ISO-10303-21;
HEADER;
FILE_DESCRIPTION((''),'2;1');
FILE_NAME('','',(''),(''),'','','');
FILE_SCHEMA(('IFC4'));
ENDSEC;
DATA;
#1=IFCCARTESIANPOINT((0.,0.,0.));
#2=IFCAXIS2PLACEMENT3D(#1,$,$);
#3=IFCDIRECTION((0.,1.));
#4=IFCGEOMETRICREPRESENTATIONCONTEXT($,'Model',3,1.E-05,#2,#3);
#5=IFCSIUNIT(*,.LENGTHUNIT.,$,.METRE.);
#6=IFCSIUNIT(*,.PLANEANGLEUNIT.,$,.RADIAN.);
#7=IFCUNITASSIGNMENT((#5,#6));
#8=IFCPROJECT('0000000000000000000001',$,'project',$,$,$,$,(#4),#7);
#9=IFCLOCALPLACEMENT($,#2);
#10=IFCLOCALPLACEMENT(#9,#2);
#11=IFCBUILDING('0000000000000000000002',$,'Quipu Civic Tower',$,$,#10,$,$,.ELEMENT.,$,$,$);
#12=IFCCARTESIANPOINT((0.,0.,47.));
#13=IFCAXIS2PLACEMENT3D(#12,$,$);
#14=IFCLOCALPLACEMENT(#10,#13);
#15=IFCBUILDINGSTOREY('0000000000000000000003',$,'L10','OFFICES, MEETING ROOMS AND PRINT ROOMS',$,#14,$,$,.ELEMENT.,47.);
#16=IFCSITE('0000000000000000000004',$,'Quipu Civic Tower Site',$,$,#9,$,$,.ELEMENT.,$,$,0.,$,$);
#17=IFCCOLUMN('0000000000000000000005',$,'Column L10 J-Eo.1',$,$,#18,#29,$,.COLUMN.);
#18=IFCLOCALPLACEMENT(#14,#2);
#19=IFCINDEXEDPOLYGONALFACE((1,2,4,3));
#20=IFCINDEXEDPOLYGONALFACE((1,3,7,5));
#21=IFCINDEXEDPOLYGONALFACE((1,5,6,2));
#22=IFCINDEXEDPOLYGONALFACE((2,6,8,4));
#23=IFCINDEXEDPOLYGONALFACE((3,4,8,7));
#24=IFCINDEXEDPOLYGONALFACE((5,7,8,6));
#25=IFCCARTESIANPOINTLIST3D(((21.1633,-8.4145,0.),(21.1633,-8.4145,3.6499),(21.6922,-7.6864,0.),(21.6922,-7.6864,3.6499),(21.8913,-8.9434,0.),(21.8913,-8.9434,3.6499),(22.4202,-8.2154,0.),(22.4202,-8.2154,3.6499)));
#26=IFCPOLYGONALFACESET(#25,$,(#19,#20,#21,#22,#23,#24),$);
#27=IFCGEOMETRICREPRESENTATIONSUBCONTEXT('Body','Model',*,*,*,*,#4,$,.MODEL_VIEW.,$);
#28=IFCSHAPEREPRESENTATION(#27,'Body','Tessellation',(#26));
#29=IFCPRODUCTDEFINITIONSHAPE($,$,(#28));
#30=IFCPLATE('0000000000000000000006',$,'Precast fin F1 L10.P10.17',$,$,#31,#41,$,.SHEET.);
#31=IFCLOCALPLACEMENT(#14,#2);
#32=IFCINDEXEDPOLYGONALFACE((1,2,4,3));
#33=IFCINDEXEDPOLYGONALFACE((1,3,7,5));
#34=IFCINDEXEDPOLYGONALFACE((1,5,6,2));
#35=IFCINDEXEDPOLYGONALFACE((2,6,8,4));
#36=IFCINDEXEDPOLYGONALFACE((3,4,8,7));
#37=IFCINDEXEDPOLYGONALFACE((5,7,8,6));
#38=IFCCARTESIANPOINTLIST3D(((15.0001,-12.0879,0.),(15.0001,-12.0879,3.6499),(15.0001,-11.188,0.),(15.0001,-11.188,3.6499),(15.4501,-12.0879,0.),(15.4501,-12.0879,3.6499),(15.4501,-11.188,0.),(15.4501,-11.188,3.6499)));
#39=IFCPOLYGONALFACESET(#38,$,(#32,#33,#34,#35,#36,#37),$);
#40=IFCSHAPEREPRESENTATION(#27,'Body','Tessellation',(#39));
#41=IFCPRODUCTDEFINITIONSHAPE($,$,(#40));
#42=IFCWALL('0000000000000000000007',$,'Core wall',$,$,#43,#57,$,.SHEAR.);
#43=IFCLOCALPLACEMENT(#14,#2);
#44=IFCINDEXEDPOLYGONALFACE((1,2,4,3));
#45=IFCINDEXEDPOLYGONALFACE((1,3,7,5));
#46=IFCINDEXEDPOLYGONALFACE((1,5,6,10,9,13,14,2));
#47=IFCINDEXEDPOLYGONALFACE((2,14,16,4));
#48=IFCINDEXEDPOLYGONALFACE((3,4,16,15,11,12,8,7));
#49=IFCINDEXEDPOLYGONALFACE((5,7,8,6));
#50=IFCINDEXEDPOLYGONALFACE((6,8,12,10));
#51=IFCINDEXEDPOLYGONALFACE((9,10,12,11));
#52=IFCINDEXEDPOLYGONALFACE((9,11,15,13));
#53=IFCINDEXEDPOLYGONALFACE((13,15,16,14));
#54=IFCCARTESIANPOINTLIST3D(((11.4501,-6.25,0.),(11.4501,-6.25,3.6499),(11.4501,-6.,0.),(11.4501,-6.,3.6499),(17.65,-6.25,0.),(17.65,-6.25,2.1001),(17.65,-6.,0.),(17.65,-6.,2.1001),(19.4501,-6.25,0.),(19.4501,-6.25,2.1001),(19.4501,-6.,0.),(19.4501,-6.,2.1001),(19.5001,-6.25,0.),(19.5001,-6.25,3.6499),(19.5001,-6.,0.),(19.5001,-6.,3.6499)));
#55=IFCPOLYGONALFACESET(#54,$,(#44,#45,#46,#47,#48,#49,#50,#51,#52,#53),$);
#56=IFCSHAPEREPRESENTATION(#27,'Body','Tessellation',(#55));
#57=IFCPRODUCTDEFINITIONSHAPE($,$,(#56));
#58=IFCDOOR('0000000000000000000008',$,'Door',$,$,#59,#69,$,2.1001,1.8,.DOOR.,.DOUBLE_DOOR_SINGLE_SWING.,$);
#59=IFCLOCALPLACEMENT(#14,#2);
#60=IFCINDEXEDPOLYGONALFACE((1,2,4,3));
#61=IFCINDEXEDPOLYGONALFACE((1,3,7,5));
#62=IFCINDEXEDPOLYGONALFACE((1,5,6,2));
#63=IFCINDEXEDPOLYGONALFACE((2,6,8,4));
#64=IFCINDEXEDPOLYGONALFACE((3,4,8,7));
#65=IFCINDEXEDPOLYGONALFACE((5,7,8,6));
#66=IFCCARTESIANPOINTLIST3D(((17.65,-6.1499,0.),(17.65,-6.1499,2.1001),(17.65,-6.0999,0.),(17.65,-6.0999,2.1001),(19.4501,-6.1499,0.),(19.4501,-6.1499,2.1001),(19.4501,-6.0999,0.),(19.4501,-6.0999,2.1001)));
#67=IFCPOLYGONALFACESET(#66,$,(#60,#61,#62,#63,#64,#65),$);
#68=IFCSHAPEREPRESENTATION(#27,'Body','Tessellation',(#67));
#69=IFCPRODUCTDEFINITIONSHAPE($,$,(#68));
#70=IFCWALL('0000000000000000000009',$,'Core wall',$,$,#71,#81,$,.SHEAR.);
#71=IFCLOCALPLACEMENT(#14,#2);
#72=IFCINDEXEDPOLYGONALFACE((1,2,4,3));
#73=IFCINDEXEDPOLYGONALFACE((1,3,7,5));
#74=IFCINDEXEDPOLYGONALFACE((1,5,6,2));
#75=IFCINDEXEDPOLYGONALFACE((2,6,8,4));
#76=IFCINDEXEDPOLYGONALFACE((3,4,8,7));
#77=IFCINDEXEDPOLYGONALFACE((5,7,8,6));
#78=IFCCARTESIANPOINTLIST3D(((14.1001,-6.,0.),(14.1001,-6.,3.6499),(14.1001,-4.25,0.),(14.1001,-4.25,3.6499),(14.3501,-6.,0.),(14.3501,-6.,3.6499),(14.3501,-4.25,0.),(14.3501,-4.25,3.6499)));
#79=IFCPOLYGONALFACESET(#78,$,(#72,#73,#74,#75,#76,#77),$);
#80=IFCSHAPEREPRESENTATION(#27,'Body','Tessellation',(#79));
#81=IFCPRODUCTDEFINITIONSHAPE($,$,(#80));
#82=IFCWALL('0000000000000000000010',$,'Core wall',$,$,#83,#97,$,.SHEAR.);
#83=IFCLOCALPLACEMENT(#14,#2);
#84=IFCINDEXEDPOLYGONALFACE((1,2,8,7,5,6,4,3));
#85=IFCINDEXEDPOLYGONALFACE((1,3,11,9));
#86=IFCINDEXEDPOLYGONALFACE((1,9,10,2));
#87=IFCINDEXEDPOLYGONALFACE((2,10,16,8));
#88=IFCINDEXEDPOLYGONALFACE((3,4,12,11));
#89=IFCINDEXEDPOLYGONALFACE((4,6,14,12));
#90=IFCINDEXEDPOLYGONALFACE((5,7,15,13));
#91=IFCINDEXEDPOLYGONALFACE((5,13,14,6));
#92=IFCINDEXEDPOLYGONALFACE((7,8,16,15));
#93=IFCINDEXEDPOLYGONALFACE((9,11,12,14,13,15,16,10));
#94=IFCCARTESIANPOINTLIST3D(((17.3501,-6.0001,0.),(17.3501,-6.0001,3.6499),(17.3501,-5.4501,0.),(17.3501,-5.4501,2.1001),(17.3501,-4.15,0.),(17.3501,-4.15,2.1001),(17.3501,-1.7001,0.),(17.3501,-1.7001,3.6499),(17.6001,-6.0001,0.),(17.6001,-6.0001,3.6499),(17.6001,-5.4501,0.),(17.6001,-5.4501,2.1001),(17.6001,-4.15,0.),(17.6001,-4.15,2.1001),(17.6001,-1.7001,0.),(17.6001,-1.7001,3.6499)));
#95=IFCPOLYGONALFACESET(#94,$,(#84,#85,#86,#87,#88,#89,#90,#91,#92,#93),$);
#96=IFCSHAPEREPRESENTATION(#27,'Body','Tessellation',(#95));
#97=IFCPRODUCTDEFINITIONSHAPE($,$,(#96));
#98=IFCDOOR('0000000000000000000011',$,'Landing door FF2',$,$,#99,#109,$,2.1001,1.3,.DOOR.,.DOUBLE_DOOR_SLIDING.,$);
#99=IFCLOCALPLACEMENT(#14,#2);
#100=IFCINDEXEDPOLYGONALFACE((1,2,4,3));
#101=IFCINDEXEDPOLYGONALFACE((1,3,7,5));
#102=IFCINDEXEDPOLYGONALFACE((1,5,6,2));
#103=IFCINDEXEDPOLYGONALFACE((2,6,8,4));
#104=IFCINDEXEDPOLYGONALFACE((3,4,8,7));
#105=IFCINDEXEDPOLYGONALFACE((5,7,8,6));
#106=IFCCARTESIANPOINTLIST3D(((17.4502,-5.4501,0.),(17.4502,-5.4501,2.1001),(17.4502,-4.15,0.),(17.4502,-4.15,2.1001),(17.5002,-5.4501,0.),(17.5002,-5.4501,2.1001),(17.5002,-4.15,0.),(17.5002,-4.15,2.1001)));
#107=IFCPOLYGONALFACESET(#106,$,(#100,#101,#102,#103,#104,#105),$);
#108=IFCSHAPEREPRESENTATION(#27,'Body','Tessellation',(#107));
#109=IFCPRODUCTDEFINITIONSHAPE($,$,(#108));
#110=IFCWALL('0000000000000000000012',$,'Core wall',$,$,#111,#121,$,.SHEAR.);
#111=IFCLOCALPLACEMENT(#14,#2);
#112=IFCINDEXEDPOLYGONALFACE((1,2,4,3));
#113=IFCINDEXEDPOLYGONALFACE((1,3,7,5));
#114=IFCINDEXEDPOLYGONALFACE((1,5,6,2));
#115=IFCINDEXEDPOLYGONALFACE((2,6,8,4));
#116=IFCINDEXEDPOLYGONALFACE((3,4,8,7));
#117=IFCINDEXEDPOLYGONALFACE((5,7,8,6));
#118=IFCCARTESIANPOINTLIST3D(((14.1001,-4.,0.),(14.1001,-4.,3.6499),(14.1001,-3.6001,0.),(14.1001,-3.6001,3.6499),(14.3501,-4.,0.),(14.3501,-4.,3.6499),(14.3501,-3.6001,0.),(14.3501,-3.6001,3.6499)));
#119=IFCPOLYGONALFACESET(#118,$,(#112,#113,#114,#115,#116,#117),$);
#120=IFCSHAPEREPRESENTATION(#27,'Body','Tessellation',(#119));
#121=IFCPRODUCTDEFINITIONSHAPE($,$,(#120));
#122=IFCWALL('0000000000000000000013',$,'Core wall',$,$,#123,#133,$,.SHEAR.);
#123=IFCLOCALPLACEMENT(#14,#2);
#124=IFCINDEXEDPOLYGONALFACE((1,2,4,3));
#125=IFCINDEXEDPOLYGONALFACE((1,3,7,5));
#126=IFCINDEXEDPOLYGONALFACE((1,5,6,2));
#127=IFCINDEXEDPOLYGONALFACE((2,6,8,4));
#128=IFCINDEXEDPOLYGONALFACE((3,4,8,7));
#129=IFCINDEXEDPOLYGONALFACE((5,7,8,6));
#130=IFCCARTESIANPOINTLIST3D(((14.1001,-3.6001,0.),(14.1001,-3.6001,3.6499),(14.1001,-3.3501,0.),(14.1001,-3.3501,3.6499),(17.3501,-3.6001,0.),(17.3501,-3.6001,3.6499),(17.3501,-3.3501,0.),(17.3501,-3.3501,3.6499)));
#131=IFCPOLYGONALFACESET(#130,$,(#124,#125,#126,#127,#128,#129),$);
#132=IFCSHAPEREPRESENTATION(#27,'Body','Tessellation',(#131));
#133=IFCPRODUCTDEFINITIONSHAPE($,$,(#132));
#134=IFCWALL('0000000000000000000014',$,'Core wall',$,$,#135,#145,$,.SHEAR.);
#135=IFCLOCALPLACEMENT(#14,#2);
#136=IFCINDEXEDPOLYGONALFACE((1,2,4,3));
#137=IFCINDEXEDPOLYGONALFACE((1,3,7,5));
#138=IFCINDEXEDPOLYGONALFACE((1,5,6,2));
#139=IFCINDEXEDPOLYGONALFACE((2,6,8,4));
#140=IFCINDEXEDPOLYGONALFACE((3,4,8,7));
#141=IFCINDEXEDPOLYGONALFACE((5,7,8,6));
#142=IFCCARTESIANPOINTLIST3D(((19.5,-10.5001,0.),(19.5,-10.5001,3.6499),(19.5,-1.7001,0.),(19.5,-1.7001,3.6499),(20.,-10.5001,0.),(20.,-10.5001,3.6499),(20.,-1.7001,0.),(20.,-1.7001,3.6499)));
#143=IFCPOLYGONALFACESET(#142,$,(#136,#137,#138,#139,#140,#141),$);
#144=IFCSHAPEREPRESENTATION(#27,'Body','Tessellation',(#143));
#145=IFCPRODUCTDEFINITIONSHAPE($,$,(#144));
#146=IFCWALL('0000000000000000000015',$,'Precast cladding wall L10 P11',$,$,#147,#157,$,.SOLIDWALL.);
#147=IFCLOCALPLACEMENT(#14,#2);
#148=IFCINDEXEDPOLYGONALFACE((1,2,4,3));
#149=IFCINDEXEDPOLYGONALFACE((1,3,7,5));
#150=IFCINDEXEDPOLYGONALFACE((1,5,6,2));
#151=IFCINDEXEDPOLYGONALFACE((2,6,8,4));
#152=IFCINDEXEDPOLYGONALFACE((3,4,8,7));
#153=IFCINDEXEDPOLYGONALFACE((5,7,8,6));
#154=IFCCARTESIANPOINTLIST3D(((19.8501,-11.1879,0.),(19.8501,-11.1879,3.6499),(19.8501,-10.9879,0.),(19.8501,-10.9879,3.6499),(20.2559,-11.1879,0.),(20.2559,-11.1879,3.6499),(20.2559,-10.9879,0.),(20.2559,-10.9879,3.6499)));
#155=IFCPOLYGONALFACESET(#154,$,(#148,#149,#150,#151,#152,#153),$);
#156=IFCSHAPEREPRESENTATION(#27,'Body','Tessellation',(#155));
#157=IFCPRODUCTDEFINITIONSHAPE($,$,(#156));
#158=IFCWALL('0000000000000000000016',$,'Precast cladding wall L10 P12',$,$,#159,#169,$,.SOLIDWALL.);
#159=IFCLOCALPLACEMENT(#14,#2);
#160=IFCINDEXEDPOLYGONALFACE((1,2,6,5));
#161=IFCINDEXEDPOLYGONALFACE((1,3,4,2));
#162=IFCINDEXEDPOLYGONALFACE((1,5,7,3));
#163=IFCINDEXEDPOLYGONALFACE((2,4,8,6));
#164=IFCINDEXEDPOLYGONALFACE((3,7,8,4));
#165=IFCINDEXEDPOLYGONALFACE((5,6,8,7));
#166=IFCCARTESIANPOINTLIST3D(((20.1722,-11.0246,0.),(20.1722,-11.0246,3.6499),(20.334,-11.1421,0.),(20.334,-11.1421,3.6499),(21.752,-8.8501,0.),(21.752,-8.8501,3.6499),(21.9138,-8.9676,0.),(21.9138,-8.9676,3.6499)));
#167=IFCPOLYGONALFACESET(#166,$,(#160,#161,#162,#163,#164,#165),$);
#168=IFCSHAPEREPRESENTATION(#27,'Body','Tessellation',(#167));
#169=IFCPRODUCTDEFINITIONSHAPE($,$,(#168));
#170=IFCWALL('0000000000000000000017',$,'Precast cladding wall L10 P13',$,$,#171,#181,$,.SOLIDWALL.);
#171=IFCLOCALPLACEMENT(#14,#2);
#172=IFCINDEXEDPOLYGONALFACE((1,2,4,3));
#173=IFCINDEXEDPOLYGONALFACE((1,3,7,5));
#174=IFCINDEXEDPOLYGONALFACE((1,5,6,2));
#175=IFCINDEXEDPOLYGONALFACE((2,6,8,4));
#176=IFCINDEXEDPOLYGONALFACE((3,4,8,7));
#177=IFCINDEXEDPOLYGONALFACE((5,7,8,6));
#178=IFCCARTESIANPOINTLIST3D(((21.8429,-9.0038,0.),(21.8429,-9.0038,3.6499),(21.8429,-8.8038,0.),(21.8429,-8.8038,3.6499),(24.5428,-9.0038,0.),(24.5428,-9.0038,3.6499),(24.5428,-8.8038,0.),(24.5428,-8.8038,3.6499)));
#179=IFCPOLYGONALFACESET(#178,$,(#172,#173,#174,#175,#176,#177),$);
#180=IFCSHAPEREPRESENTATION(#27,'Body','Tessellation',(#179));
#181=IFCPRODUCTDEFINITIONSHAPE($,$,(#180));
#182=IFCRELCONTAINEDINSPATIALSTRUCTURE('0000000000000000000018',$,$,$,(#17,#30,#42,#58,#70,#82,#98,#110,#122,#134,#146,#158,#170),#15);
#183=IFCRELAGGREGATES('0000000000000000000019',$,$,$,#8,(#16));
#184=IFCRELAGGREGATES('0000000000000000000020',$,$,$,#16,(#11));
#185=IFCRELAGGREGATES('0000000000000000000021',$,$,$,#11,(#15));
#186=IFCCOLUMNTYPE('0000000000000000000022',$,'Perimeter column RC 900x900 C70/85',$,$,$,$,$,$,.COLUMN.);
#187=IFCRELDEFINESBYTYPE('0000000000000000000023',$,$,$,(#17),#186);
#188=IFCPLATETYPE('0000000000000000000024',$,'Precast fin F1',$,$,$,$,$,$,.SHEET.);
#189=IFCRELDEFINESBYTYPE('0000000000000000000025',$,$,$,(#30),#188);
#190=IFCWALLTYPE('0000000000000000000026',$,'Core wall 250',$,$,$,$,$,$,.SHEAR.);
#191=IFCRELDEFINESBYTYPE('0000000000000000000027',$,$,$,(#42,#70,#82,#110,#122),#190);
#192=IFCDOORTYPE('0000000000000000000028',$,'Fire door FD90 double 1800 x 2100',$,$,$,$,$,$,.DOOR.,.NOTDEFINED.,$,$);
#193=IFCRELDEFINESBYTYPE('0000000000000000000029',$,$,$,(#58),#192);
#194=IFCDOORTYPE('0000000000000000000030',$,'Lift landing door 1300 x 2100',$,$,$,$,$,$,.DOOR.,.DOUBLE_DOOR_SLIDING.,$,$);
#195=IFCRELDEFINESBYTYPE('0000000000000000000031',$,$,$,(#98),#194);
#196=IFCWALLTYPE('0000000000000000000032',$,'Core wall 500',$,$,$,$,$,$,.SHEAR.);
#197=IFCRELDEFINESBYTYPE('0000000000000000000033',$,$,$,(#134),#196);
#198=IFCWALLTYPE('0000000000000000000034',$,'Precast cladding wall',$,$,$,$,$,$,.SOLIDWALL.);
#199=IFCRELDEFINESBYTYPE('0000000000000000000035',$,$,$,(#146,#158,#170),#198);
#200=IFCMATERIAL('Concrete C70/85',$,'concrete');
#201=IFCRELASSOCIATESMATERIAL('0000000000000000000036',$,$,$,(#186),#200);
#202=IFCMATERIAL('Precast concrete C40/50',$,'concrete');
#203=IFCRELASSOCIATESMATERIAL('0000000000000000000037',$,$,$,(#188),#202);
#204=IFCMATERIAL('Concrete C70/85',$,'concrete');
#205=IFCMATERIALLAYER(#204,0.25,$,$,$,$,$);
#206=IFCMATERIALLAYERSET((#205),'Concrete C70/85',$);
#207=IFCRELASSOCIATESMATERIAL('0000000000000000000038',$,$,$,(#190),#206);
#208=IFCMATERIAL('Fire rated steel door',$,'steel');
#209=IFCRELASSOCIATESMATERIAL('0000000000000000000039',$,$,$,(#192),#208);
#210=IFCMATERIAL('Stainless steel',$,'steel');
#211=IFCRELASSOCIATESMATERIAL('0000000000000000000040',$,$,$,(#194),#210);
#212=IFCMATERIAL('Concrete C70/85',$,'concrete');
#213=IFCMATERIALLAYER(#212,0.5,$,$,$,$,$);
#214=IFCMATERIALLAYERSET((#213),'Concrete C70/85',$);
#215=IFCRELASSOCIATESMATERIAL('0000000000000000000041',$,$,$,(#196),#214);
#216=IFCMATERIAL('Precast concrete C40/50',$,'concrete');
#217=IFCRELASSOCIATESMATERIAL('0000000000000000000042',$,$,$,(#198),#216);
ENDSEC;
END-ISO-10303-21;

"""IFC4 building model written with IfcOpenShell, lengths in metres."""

from ifc_helpers import new_model, si_unit, direction, frame, frame_2d, origin, origin_2d, place, context, subcontext, project, spatial, rectangle, extrude, material, layer, layer_set, material_profile, profile_set, type_object, element, fill, save


model = new_model("IFC4")

# Units and contexts
model_context = context("Model", 3, precision=1e-05, world=origin(), true_north=direction((0.0, 1.0)))
body_context = subcontext(model_context, "Body", "Model", "MODEL_VIEW")
ifc_project = project(units=[si_unit("LENGTHUNIT", "METRE"), si_unit("PLANEANGLEUNIT", "RADIAN")], contexts=[model_context])

# Site, building, storey
site_placement = place(None, origin())
site = spatial("IfcSite", under=ifc_project, at=site_placement, Name="Quipu Civic Tower Site", CompositionType="ELEMENT", RefElevation=0.0)
building_placement = place(site_placement, origin())
building = spatial("IfcBuilding", under=site, at=building_placement, Name="Quipu Civic Tower", CompositionType="ELEMENT")
storey_placement = place(building_placement, frame((0.0, 0.0, 47.0)))
storey = spatial("IfcBuildingStorey", under=building, at=storey_placement, Name="L10", Description="OFFICES, MEETING ROOMS AND PRINT ROOMS", CompositionType="ELEMENT", Elevation=47.0)

# Column
ifc_material_1 = material(Name="Concrete C70/85", Category="concrete")
ifc_material_profile = material_profile(ifc_material_1, rectangle(XDim=0.8999, YDim=0.8999, at=origin_2d()), Name="RC900x900")
ifc_profile_set = profile_set([ifc_material_profile], Name="Concrete C70/85")
column_type = type_object("IfcColumnType", Name="Perimeter column RC 900x900 C70/85", PredefinedType="COLUMN", material=ifc_profile_set)
column_placement = place(storey_placement, frame((21.7917, -8.3149, 0.0), z_axis=(0.0, 0.0, 1.0), x_axis=(0.587785, 0.809017, 0.0)))
element("IfcColumn", 1, at=column_placement, inside=storey, type_object=column_type, Name="Column L10 J-Eo.1", PredefinedType="COLUMN", context=body_context, shape_type="SweptSolid", body=[
    extrude(rectangle(XDim=0.8999, YDim=0.8999, at=origin_2d()), origin(), (0.0, 0.0, 1.0), 3.6499),
])

# Plate
ifc_material_2 = material(Name="Precast concrete C40/50", Category="concrete")
plate_type = type_object("IfcPlateType", Name="Precast fin F1", PredefinedType="SHEET", material=ifc_material_2)
plate_placement = place(storey_placement, frame((15.2251, -11.6379, 0.0), z_axis=(0.0, 0.0, 1.0), x_axis=(1.0, 0.0, 0.0)))
element("IfcPlate", 2, at=plate_placement, inside=storey, type_object=plate_type, Name="Precast fin F1 L10.P10.17", PredefinedType="SHEET", context=body_context, shape_type="SweptSolid", body=[
    extrude(rectangle(XDim=0.45, YDim=0.8999, at=origin_2d()), origin(), (0.0, 0.0, 1.0), 3.6499),
])

# Wall, opening, door
ifc_material_3 = material(Name="Concrete C70/85", Category="concrete")
ifc_layer_1 = layer(ifc_material_3, 0.25)
ifc_layer_set_1 = layer_set([ifc_layer_1], Name="Concrete C70/85")
wall_type_1 = type_object("IfcWallType", Name="Core wall 250", PredefinedType="SHEAR", material=ifc_layer_set_1)
wall_1_placement = place(storey_placement, frame((19.5, -6.125, 0.0), z_axis=(0.0, 0.0, 1.0), x_axis=(-1.0, 0.0, 0.0)))
wall_1 = element("IfcWall", 3, at=wall_1_placement, inside=storey, type_object=wall_type_1, Name="Core wall", PredefinedType="SHEAR", context=body_context, shape_type="SweptSolid", body=[
    extrude(rectangle(XDim=8.05, YDim=0.25, at=frame_2d((4.0249, 0.0))), origin(), (0.0, 0.0, 1.0), 3.6499),
])
opening_1_placement = place(wall_1_placement, frame((0.05, 0.0, 0.0)))
opening_1 = element("IfcOpeningElement", 4, at=opening_1_placement, cuts=wall_1, PredefinedType="OPENING", context=body_context, shape_type="SweptSolid", body=[
    extrude(rectangle(XDim=1.8, YDim=2.1001, at=frame_2d((0.8999, 1.05))), frame((0.0, 0.135, 0.0), z_axis=(0.0, -1.0, 0.0), x_axis=(1.0, 0.0, 0.0)), (0.0, 0.0, 1.0), 0.27),
])
ifc_material_4 = material(Name="Fire rated steel door", Category="steel")
door_type_1 = type_object("IfcDoorType", Name="Fire door FD90 double 1800 x 2100", OperationType="NOTDEFINED", PredefinedType="DOOR", material=ifc_material_4)
door_1_placement = place(opening_1_placement, origin())
door_1 = element("IfcDoor", 5, at=door_1_placement, inside=storey, type_object=door_type_1, Name="Door", OperationType="DOUBLE_DOOR_SINGLE_SWING", OverallHeight=2.1001, OverallWidth=1.8, PredefinedType="DOOR", context=body_context, shape_type="SweptSolid", body=[
    extrude(rectangle(XDim=1.8, YDim=2.1001, at=frame_2d((0.8999, 1.05))), frame((0.0, 0.0249, 0.0), z_axis=(0.0, -1.0, 0.0), x_axis=(1.0, 0.0, 0.0)), (0.0, 0.0, 1.0), 0.05),
])
fill(opening_1, door_1)

# Wall
wall_2_placement = place(storey_placement, frame((14.2251, -6.0, 0.0), z_axis=(0.0, 0.0, 1.0), x_axis=(0.0, 1.0, 0.0)))
element("IfcWall", 6, at=wall_2_placement, inside=storey, type_object=wall_type_1, Name="Core wall", PredefinedType="SHEAR", context=body_context, shape_type="SweptSolid", body=[
    extrude(rectangle(XDim=1.75, YDim=0.25, at=frame_2d((0.875, 0.0))), origin(), (0.0, 0.0, 1.0), 3.6499),
])

# Wall, opening, door
wall_3_placement = place(storey_placement, frame((17.4751, -6.0, 0.0), z_axis=(0.0, 0.0, 1.0), x_axis=(0.0, 1.0, 0.0)))
wall_3 = element("IfcWall", 7, at=wall_3_placement, inside=storey, type_object=wall_type_1, Name="Core wall", PredefinedType="SHEAR", context=body_context, shape_type="SweptSolid", body=[
    extrude(rectangle(XDim=4.3, YDim=0.25, at=frame_2d((2.1499, 0.0))), origin(), (0.0, 0.0, 1.0), 3.6499),
])
opening_2_placement = place(wall_3_placement, frame((0.55, 0.0, 0.0)))
opening_2 = element("IfcOpeningElement", 8, at=opening_2_placement, cuts=wall_3, PredefinedType="OPENING", context=body_context, shape_type="SweptSolid", body=[
    extrude(rectangle(XDim=1.3, YDim=2.1001, at=frame_2d((0.6499, 1.05))), frame((0.0, 0.135, 0.0), z_axis=(0.0, -1.0, 0.0), x_axis=(1.0, 0.0, 0.0)), (0.0, 0.0, 1.0), 0.27),
])
ifc_material_5 = material(Name="Stainless steel", Category="steel")
door_type_2 = type_object("IfcDoorType", Name="Lift landing door 1300 x 2100", OperationType="DOUBLE_DOOR_SLIDING", PredefinedType="DOOR", material=ifc_material_5)
door_2_placement = place(opening_2_placement, origin())
door_2 = element("IfcDoor", 9, at=door_2_placement, inside=storey, type_object=door_type_2, Name="Landing door FF2", OperationType="DOUBLE_DOOR_SLIDING", OverallHeight=2.1001, OverallWidth=1.3, PredefinedType="DOOR", context=body_context, shape_type="SweptSolid", body=[
    extrude(rectangle(XDim=1.3, YDim=2.1001, at=frame_2d((0.6499, 1.05))), frame((0.0, 0.0249, 0.0), z_axis=(0.0, -1.0, 0.0), x_axis=(1.0, 0.0, 0.0)), (0.0, 0.0, 1.0), 0.05),
])
fill(opening_2, door_2)

# Walls
wall_4_placement = place(storey_placement, frame((14.2251, -4.0, 0.0), z_axis=(0.0, 0.0, 1.0), x_axis=(0.0, 1.0, 0.0)))
element("IfcWall", 10, at=wall_4_placement, inside=storey, type_object=wall_type_1, Name="Core wall", PredefinedType="SHEAR", context=body_context, shape_type="SweptSolid", body=[
    extrude(rectangle(XDim=0.3999, YDim=0.25, at=frame_2d((0.2, 0.0))), origin(), (0.0, 0.0, 1.0), 3.6499),
])
wall_5_placement = place(storey_placement, frame((14.1001, -3.4751, 0.0), z_axis=(0.0, 0.0, 1.0), x_axis=(1.0, 0.0, 0.0)))
element("IfcWall", 11, at=wall_5_placement, inside=storey, type_object=wall_type_1, Name="Core wall", PredefinedType="SHEAR", context=body_context, shape_type="SweptSolid", body=[
    extrude(rectangle(XDim=3.25, YDim=0.25, at=frame_2d((1.625, 0.0))), origin(), (0.0, 0.0, 1.0), 3.6499),
])
ifc_material_6 = material(Name="Concrete C70/85", Category="concrete")
ifc_layer_2 = layer(ifc_material_6, 0.5)
ifc_layer_set_2 = layer_set([ifc_layer_2], Name="Concrete C70/85")
wall_type_2 = type_object("IfcWallType", Name="Core wall 500", PredefinedType="SHEAR", material=ifc_layer_set_2)
wall_6_placement = place(storey_placement, frame((19.75, -10.5, 0.0), z_axis=(0.0, 0.0, 1.0), x_axis=(0.0, 1.0, 0.0)))
element("IfcWall", 12, at=wall_6_placement, inside=storey, type_object=wall_type_2, Name="Core wall", PredefinedType="SHEAR", context=body_context, shape_type="SweptSolid", body=[
    extrude(rectangle(XDim=8.8, YDim=0.5, at=frame_2d((4.3999, 0.0))), origin(), (0.0, 0.0, 1.0), 3.6499),
])
ifc_material_7 = material(Name="Precast concrete C40/50", Category="concrete")
wall_type_3 = type_object("IfcWallType", Name="Precast cladding wall", PredefinedType="SOLIDWALL", material=ifc_material_7)
wall_7_placement = place(storey_placement, frame((19.8501, -11.0879, 0.0), z_axis=(0.0, 0.0, 1.0), x_axis=(1.0, 0.0, 0.0)))
element("IfcWall", 13, at=wall_7_placement, inside=storey, type_object=wall_type_3, Name="Precast cladding wall L10 P11", PredefinedType="SOLIDWALL", context=body_context, shape_type="SweptSolid", body=[
    extrude(rectangle(XDim=0.4058, YDim=0.2, at=frame_2d((0.2029, 0.0))), origin(), (0.0, 0.0, 1.0), 3.6499),
])
wall_8_placement = place(storey_placement, frame((20.2532, -11.0833, 0.0), z_axis=(0.0, 0.0, 1.0), x_axis=(0.587767, 0.809031, 0.0)))
element("IfcWall", 14, at=wall_8_placement, inside=storey, type_object=wall_type_3, Name="Precast cladding wall L10 P12", PredefinedType="SOLIDWALL", context=body_context, shape_type="SweptSolid", body=[
    extrude(rectangle(XDim=2.6877, YDim=0.2, at=frame_2d((1.3438, 0.0))), origin(), (0.0, 0.0, 1.0), 3.6499),
])
wall_9_placement = place(storey_placement, frame((21.8428, -8.9038, 0.0), z_axis=(0.0, 0.0, 1.0), x_axis=(1.0, 0.0, 0.0)))
element("IfcWall", 15, at=wall_9_placement, inside=storey, type_object=wall_type_3, Name="Precast cladding wall L10 P13", PredefinedType="SOLIDWALL", context=body_context, shape_type="SweptSolid", body=[
    extrude(rectangle(XDim=2.7, YDim=0.2, at=frame_2d((1.3501, 0.0))), origin(), (0.0, 0.0, 1.0), 3.6499),
])

save(model, "model.ifc")
